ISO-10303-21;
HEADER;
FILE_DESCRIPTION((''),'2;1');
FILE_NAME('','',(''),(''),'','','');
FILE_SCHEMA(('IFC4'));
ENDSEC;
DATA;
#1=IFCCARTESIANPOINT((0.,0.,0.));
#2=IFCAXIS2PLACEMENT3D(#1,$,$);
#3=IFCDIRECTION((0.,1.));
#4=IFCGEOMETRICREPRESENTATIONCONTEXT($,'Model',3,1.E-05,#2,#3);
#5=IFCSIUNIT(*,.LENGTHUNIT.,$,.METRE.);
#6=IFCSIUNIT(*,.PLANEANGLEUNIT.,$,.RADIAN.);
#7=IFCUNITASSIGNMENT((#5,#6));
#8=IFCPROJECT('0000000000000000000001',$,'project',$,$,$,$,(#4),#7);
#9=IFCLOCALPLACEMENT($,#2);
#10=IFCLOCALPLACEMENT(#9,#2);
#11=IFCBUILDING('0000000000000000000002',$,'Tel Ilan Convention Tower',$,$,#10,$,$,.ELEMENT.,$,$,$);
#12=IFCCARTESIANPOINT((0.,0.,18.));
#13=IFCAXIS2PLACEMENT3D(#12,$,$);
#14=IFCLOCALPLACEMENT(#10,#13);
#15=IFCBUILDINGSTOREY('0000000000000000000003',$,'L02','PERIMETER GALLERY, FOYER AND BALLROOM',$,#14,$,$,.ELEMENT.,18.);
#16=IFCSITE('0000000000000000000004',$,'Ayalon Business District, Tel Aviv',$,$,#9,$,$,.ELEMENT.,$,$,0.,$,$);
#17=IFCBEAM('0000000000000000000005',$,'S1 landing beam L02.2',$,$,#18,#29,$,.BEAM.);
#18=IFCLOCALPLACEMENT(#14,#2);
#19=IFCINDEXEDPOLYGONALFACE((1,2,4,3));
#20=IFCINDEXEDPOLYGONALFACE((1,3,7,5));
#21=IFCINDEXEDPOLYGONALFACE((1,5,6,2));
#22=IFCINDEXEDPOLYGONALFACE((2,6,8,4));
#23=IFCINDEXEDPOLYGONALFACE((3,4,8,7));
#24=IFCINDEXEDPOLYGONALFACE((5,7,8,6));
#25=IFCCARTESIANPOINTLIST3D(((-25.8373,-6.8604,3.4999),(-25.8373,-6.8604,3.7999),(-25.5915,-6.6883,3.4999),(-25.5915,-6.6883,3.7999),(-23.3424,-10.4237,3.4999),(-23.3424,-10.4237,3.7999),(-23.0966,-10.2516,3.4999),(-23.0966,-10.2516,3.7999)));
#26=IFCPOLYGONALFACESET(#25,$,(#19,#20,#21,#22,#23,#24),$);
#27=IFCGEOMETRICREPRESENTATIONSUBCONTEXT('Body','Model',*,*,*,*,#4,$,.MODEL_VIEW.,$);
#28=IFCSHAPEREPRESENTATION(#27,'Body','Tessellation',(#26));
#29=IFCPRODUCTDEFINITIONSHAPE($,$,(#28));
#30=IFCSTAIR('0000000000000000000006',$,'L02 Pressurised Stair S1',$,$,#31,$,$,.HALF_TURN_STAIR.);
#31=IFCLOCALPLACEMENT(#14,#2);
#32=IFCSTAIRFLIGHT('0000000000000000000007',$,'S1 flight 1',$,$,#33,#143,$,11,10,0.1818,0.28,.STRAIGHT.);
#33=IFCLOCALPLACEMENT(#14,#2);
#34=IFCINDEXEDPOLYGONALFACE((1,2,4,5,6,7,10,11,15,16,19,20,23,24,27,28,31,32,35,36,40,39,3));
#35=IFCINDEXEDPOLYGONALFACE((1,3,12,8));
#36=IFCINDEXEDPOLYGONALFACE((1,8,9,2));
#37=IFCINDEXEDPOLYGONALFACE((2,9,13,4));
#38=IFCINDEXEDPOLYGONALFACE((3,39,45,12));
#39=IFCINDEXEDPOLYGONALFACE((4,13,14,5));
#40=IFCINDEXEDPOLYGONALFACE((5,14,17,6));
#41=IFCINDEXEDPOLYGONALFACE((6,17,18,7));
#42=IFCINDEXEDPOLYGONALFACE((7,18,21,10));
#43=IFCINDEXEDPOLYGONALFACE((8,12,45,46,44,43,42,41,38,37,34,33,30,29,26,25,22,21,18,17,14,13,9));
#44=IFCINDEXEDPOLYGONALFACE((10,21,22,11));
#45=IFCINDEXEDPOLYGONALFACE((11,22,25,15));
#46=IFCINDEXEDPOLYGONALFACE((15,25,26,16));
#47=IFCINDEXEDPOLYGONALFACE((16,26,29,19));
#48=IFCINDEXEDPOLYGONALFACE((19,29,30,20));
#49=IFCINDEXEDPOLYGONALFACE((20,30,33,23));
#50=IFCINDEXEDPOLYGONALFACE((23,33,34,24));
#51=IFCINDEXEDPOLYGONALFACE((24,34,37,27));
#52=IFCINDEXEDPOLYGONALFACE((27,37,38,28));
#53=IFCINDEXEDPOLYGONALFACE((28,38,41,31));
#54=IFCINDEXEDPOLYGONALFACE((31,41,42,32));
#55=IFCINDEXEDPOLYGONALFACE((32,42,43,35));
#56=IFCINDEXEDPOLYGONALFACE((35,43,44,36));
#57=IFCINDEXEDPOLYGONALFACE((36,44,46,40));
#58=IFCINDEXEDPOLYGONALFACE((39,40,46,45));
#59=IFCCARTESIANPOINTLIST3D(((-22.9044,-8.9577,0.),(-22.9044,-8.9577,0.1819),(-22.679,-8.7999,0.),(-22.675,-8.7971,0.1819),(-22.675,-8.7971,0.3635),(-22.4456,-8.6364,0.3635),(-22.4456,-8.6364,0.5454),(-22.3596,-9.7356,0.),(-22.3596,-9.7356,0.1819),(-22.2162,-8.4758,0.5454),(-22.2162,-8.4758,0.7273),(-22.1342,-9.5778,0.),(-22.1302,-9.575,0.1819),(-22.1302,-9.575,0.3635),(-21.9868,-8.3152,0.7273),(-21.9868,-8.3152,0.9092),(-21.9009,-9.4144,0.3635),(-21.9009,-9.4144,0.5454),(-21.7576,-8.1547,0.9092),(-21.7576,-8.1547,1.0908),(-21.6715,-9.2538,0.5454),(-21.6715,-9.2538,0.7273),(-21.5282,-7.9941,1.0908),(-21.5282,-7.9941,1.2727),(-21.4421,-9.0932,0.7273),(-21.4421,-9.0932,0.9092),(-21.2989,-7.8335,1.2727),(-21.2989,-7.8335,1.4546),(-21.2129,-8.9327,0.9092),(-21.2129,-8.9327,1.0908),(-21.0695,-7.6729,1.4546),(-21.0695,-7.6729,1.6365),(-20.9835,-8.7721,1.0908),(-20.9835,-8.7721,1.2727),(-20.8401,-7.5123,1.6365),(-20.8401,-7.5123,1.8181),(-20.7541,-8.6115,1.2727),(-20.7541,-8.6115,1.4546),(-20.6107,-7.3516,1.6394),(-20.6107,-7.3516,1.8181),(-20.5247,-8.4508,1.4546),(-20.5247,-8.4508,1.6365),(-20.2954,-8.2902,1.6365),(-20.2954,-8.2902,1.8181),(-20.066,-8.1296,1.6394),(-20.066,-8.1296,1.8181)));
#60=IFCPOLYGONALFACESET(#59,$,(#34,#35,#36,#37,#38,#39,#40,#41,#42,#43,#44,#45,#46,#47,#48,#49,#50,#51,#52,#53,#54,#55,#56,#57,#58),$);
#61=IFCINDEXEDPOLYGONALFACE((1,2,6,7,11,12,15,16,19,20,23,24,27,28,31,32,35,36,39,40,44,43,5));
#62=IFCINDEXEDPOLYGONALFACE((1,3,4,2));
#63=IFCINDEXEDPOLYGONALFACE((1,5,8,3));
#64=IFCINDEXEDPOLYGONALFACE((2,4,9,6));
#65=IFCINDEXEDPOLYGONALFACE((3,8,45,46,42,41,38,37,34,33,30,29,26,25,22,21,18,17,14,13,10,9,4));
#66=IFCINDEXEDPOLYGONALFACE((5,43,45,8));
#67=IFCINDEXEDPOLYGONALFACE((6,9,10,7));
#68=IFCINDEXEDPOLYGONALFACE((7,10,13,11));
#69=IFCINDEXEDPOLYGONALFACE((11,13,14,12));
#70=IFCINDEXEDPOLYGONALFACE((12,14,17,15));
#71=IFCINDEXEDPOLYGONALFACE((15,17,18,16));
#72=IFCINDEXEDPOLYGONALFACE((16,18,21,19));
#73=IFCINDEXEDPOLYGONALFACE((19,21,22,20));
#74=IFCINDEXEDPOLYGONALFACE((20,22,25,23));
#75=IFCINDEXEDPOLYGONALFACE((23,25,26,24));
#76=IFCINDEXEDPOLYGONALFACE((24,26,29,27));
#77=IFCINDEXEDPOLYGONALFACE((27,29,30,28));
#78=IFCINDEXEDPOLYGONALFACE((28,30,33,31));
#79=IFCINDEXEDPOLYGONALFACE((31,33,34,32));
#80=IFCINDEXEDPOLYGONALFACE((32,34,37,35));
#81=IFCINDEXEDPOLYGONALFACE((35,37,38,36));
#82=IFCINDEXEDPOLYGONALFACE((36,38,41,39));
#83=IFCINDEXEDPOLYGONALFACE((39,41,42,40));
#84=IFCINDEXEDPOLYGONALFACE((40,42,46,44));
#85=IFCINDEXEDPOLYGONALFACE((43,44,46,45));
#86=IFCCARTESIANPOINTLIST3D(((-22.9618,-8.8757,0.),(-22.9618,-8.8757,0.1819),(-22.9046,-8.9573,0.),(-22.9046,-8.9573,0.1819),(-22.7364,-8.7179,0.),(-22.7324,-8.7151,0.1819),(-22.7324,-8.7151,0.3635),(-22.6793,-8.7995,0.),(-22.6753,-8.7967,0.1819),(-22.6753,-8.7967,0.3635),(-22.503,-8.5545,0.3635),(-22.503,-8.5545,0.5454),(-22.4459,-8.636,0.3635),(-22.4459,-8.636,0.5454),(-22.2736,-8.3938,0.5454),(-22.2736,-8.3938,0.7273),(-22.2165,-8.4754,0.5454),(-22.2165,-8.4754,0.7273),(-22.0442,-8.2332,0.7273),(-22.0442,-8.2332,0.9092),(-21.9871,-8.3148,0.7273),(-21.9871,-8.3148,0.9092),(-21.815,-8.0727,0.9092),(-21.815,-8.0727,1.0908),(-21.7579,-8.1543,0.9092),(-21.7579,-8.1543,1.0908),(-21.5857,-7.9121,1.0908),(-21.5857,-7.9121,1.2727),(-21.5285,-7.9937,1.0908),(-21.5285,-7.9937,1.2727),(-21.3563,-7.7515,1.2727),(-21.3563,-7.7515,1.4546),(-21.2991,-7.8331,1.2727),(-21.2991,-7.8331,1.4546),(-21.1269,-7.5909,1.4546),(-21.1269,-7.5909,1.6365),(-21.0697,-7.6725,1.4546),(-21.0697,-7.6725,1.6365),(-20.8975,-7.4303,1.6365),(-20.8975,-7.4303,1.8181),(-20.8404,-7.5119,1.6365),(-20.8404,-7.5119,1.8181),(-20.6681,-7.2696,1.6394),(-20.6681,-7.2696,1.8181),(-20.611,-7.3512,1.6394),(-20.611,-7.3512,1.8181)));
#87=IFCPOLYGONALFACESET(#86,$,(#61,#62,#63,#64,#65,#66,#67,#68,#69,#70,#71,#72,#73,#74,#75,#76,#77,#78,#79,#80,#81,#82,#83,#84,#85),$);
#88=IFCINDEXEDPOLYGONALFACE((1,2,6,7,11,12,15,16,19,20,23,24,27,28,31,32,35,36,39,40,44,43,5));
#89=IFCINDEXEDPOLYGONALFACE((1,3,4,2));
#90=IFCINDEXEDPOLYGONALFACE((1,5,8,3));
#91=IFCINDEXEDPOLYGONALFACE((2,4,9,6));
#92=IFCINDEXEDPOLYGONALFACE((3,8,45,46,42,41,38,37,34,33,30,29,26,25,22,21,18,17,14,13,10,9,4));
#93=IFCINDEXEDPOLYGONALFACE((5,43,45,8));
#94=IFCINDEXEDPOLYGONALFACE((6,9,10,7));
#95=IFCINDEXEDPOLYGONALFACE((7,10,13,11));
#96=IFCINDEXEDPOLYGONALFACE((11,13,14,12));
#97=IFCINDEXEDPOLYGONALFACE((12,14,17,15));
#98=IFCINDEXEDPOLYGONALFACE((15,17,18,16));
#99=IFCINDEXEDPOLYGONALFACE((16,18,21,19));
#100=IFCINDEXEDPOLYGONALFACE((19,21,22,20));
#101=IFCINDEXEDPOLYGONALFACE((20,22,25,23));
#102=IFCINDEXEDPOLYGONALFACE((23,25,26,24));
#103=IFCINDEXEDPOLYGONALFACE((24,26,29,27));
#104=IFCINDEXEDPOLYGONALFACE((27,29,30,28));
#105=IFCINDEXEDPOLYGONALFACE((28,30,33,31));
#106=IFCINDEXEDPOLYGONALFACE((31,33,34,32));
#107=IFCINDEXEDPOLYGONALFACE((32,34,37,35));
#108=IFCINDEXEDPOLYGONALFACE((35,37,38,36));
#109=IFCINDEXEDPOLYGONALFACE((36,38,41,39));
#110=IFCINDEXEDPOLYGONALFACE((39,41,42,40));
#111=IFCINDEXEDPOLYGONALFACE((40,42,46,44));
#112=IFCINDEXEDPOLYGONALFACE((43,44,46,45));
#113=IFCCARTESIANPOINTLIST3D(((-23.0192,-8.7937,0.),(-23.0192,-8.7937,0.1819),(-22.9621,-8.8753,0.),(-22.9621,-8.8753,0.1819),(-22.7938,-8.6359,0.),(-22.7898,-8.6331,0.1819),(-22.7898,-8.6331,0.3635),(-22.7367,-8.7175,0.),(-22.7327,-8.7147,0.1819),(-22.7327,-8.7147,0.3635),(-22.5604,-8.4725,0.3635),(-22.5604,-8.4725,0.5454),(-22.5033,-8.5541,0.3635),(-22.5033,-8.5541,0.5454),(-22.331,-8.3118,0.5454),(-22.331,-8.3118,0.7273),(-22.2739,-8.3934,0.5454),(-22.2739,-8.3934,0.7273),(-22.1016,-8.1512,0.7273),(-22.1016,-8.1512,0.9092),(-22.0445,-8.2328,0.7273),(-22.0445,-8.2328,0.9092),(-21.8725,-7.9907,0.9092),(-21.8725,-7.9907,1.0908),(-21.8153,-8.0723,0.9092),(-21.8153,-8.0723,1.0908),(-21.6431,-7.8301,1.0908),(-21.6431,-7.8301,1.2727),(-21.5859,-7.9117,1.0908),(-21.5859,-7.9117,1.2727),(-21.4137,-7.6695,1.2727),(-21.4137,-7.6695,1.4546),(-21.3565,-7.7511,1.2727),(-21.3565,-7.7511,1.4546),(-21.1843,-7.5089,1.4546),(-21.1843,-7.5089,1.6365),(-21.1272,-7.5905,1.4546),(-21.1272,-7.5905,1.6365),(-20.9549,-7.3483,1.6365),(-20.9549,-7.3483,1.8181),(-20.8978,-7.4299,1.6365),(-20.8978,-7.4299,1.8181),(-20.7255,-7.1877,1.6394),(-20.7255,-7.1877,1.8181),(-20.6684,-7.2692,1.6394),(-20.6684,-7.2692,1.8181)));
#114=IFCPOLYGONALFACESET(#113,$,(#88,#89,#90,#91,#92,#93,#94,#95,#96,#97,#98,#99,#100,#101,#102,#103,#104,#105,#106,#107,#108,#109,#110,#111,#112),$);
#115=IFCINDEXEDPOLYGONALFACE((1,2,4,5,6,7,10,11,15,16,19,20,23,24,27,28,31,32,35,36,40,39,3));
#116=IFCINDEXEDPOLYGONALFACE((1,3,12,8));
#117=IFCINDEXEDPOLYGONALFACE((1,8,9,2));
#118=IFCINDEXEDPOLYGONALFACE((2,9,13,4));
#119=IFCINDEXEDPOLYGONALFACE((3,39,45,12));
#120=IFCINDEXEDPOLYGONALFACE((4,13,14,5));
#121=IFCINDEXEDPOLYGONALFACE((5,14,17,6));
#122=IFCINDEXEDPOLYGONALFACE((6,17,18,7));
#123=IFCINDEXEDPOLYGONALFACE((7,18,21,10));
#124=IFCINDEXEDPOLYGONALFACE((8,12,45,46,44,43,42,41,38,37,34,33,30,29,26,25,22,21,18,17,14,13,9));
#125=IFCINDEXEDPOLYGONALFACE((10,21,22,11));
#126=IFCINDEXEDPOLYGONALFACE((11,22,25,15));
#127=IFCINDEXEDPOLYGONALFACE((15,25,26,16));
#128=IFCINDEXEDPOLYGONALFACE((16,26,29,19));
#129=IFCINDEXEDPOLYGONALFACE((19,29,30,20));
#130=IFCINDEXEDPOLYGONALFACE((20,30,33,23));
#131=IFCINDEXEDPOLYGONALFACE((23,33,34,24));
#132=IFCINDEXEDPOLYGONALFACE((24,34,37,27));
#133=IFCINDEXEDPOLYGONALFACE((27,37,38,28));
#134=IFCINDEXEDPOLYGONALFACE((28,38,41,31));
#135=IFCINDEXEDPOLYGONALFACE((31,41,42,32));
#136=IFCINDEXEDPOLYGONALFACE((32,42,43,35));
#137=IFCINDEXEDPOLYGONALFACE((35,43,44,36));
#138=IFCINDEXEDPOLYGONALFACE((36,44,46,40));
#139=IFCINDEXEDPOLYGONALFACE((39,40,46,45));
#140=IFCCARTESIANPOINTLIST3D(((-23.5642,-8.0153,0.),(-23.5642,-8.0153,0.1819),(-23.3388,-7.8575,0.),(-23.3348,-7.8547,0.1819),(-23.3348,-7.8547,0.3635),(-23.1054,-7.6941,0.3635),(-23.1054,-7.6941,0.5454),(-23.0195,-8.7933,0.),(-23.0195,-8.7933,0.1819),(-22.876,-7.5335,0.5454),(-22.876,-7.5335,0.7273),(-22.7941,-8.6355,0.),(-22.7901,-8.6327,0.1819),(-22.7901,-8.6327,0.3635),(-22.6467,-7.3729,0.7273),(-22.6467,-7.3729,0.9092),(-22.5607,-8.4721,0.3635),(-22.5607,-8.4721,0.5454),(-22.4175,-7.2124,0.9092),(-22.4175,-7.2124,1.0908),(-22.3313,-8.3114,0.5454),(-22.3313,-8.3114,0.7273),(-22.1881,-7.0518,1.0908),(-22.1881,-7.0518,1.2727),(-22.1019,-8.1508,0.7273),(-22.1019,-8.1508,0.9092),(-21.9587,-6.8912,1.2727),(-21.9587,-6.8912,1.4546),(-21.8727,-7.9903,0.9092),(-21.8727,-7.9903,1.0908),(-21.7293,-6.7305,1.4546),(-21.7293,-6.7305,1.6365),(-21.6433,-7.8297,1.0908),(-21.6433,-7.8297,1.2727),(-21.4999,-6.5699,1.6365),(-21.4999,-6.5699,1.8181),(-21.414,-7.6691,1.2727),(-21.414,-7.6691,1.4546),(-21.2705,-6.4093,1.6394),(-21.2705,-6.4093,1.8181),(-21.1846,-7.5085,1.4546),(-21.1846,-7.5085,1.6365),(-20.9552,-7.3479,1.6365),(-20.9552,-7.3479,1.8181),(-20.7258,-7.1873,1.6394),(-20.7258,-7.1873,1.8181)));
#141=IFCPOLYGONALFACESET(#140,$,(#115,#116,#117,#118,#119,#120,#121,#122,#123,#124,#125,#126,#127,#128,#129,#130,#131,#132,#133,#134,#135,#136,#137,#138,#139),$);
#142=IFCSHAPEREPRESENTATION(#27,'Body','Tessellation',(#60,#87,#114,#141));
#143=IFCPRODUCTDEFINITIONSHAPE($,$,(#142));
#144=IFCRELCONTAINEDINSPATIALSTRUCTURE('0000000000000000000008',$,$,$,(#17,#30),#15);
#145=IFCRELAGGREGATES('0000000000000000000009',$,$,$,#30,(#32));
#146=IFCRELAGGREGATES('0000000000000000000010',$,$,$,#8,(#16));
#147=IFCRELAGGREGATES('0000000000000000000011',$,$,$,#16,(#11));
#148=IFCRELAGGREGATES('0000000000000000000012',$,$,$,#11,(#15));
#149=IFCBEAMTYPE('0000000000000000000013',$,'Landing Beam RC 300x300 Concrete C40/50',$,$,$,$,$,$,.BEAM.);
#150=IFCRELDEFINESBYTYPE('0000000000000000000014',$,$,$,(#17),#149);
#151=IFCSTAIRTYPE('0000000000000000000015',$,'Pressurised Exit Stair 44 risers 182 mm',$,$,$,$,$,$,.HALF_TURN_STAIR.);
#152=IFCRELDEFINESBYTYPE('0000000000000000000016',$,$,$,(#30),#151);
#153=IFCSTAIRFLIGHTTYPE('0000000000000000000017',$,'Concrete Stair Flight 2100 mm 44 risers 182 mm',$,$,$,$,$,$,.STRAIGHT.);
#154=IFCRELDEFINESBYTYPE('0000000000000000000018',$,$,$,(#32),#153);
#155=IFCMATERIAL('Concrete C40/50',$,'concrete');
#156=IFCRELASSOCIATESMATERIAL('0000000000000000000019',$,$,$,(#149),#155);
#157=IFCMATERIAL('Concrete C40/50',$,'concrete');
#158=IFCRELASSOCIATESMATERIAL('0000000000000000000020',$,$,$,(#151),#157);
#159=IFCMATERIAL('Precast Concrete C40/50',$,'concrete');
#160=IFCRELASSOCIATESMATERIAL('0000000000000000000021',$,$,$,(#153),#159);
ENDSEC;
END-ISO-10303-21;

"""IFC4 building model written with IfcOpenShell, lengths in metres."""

from ifc_helpers import new_model, si_unit, direction, frame, origin, origin_2d, place, context, subcontext, project, spatial, polyline, rectangle, outline, extrude, material, material_profile, profile_set, type_object, element, aggregate, save


model = new_model("IFC4")

# Units and contexts
model_context = context("Model", 3, precision=1e-05, world=origin(), true_north=direction((0.0, 1.0)))
body_context = subcontext(model_context, "Body", "Model", "MODEL_VIEW")
ifc_project = project(units=[si_unit("LENGTHUNIT", "METRE"), si_unit("PLANEANGLEUNIT", "RADIAN")], contexts=[model_context])

# Site, building, storey
site_placement = place(None, origin())
site = spatial("IfcSite", under=ifc_project, at=site_placement, Name="Ayalon Business District, Tel Aviv", CompositionType="ELEMENT", RefElevation=0.0)
building_placement = place(site_placement, origin())
building = spatial("IfcBuilding", under=site, at=building_placement, Name="Tel Ilan Convention Tower", CompositionType="ELEMENT")
storey_placement = place(building_placement, frame((0.0, 0.0, 18.0)))
storey = spatial("IfcBuildingStorey", under=building, at=storey_placement, Name="L02", Description="PERIMETER GALLERY, FOYER AND BALLROOM", CompositionType="ELEMENT", Elevation=18.0)

# Beam
ifc_material_1 = material(Name="Concrete C40/50", Category="concrete")
ifc_material_profile = material_profile(ifc_material_1, rectangle(XDim=0.3, YDim=0.3, at=origin_2d()), Name="RC 300x300")
ifc_profile_set = profile_set([ifc_material_profile], Name="Concrete C40/50")
beam_type = type_object("IfcBeamType", Name="Landing Beam RC 300x300 Concrete C40/50", PredefinedType="BEAM", material=ifc_profile_set)
beam_placement = place(storey_placement, frame((-23.2195, -10.3376, 3.6499), z_axis=(-0.573557, 0.819166, 0.0), x_axis=(-0.819166, -0.573557, 0.0)))
element("IfcBeam", 1, at=beam_placement, inside=storey, type_object=beam_type, Name="S1 landing beam L02.2", PredefinedType="BEAM", context=body_context, shape_type="SweptSolid", body=[
    extrude(rectangle(XDim=0.3, YDim=0.3, at=origin_2d()), origin(), (0.0, 0.0, 1.0), 4.3499),
])

# Stair, stair flight
ifc_material_2 = material(Name="Concrete C40/50", Category="concrete")
stair_type = type_object("IfcStairType", Name="Pressurised Exit Stair 44 risers 182 mm", PredefinedType="HALF_TURN_STAIR", material=ifc_material_2)
stair_placement = place(storey_placement, origin())
stair = element("IfcStair", 2, at=stair_placement, inside=storey, type_object=stair_type, Name="L02 Pressurised Stair S1", PredefinedType="HALF_TURN_STAIR")
ifc_material_3 = material(Name="Precast Concrete C40/50", Category="concrete")
stair_flight_type = type_object("IfcStairFlightType", Name="Concrete Stair Flight 2100 mm 44 risers 182 mm", PredefinedType="STRAIGHT", material=ifc_material_3)
stair_flight_1_placement = place(storey_placement, frame((-22.9619, -8.8755, 0.0), z_axis=(0.0, 0.0, 1.0), x_axis=(0.819152, 0.573576, 0.0)))
stair_flight_1 = element("IfcStairFlight", 3, at=stair_flight_1_placement, type_object=stair_flight_type, Name="S1 flight 1", NumberOfRisers=11, NumberOfTreads=10, PredefinedType="STRAIGHT", RiserHeight=0.1818, TreadLength=0.28, context=body_context, shape_type="SweptSolid", body=[
    extrude(outline(polyline([(0.0, 0.0), (0.0, 0.1819), (0.28, 0.1819), (0.28, 0.3635), (0.5601, 0.3635), (0.5601, 0.5454), (0.8401, 0.5454), (0.8401, 0.7273), (1.1201, 0.7273), (1.1201, 0.9092), (1.3999, 0.9092), (1.3999, 1.0908), (1.6799, 1.0908), (1.6799, 1.2727), (1.96, 1.2727), (1.96, 1.4546), (2.24, 1.4546), (2.24, 1.6365), (2.52, 1.6365), (2.52, 1.8181), (2.8, 1.8181), (2.8, 2.0), (2.8, 1.6394), (0.2751, 0.0), (0.0, 0.0)])), frame((0.0, -0.1003, 0.0), z_axis=(0.0, -1.0, 0.0), x_axis=(1.0, 0.0, 0.0)), (0.0, 0.0, 1.0), 0.9497),
    extrude(outline(polyline([(0.0, 0.0), (0.0, 0.1819), (0.28, 0.1819), (0.28, 0.3635), (0.5601, 0.3635), (0.5601, 0.5454), (0.8401, 0.5454), (0.8401, 0.7273), (1.1201, 0.7273), (1.1201, 0.9092), (1.3999, 0.9092), (1.3999, 1.0908), (1.6799, 1.0908), (1.6799, 1.2727), (1.96, 1.2727), (1.96, 1.4546), (2.24, 1.4546), (2.24, 1.6365), (2.52, 1.6365), (2.52, 1.8181), (2.8, 1.8181), (2.8, 2.0), (2.8, 1.6394), (0.2751, 0.0), (0.0, 0.0)])), frame((0.0, -0.0002, 0.0), z_axis=(0.0, -1.0, 0.0), x_axis=(1.0, 0.0, 0.0)), (0.0, 0.0, 1.0), 0.0996),
    extrude(outline(polyline([(0.0, 0.0), (0.0, 0.1819), (0.28, 0.1819), (0.28, 0.3635), (0.5601, 0.3635), (0.5601, 0.5454), (0.8401, 0.5454), (0.8401, 0.7273), (1.1201, 0.7273), (1.1201, 0.9092), (1.3999, 0.9092), (1.3999, 1.0908), (1.6799, 1.0908), (1.6799, 1.2727), (1.96, 1.2727), (1.96, 1.4546), (2.24, 1.4546), (2.24, 1.6365), (2.52, 1.6365), (2.52, 1.8181), (2.8, 1.8181), (2.8, 2.0), (2.8, 1.6394), (0.2751, 0.0), (0.0, 0.0)])), frame((0.0, 0.0999, 0.0), z_axis=(0.0, -1.0, 0.0), x_axis=(1.0, 0.0, 0.0)), (0.0, 0.0, 1.0), 0.0996),
    extrude(outline(polyline([(0.0, 0.0), (0.0, 0.1819), (0.28, 0.1819), (0.28, 0.3635), (0.5601, 0.3635), (0.5601, 0.5454), (0.8401, 0.5454), (0.8401, 0.7273), (1.1201, 0.7273), (1.1201, 0.9092), (1.3999, 0.9092), (1.3999, 1.0908), (1.6799, 1.0908), (1.6799, 1.2727), (1.96, 1.2727), (1.96, 1.4546), (2.24, 1.4546), (2.24, 1.6365), (2.52, 1.6365), (2.52, 1.8181), (2.8, 1.8181), (2.8, 2.0), (2.8, 1.6394), (0.2751, 0.0), (0.0, 0.0)])), frame((0.0, 1.05, 0.0), z_axis=(0.0, -1.0, 0.0), x_axis=(1.0, 0.0, 0.0)), (0.0, 0.0, 1.0), 0.9497),
])
aggregate(stair, [stair_flight_1])

save(model, "model.ifc")
